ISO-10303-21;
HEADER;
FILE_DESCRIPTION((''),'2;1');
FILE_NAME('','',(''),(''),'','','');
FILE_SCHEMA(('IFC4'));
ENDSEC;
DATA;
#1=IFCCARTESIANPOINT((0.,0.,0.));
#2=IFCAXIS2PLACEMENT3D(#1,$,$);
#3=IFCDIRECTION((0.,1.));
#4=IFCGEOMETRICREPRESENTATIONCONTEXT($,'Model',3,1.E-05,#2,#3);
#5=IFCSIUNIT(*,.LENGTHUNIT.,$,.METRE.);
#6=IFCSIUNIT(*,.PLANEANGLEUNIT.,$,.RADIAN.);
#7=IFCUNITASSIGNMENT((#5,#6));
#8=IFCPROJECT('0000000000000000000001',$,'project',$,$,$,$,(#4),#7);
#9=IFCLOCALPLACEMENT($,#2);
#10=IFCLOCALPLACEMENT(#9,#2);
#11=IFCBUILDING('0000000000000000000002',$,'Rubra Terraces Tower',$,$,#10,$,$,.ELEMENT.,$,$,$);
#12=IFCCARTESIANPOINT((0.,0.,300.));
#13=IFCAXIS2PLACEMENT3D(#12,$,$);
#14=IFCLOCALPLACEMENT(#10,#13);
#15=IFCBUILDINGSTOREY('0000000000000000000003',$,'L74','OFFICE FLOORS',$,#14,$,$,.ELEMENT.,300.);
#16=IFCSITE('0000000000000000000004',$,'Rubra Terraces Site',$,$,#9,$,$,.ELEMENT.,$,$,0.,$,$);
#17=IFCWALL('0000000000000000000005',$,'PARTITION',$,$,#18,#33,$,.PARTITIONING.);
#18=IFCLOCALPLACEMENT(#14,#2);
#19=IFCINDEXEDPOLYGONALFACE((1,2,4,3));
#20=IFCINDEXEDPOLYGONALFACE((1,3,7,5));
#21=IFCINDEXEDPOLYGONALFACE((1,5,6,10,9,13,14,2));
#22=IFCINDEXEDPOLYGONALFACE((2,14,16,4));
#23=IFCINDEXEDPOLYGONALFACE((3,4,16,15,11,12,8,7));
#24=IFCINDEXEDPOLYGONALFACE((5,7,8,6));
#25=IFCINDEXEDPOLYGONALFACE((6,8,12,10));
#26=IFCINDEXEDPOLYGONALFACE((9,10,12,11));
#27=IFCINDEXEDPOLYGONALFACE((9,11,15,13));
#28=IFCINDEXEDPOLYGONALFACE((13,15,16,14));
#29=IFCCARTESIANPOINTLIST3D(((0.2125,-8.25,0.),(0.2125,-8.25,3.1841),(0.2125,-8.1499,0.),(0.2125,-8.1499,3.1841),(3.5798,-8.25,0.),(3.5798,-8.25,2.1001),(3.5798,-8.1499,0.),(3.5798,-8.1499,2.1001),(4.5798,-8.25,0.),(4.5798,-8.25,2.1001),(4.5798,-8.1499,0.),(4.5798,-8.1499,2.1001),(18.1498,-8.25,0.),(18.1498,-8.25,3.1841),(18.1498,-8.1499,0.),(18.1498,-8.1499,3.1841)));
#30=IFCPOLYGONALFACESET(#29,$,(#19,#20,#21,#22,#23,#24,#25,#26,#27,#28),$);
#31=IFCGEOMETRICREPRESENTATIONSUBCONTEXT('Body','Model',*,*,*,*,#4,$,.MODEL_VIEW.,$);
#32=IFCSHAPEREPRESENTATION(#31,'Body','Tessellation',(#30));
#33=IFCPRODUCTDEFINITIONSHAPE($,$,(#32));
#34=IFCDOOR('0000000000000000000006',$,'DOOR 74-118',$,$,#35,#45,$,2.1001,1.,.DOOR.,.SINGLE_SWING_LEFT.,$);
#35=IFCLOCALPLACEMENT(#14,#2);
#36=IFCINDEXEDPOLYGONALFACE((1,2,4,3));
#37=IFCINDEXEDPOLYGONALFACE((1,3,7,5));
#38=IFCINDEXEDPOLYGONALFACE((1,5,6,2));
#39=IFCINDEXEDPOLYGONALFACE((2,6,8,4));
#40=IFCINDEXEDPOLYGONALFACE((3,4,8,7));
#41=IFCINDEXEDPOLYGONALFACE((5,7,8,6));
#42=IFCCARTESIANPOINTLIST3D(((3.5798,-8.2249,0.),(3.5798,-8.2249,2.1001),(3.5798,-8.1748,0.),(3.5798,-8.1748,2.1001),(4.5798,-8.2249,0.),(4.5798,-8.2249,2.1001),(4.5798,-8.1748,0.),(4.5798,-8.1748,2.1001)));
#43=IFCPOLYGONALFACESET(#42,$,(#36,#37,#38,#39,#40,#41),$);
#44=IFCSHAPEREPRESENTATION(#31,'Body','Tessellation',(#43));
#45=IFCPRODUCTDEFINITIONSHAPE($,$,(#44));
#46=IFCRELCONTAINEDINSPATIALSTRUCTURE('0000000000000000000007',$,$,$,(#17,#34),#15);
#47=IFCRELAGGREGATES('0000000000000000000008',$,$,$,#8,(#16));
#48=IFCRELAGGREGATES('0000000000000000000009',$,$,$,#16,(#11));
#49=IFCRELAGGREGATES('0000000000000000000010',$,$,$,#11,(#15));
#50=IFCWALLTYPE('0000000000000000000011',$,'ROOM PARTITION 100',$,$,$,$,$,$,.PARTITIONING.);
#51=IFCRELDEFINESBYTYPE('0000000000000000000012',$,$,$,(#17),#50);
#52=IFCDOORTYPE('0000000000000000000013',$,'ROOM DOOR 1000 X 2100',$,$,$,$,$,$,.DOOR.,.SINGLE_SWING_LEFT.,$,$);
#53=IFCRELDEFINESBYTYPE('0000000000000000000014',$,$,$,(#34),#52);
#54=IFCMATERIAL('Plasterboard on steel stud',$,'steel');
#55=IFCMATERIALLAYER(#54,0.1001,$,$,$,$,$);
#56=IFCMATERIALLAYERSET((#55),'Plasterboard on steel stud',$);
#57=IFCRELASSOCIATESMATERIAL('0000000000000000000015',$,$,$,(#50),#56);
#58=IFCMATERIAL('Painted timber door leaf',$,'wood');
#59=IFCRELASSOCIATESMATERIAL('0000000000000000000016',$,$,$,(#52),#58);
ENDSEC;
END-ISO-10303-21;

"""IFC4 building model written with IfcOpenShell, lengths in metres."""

from ifc_helpers import new_model, si_unit, direction, frame, frame_2d, origin, place, context, subcontext, project, spatial, rectangle, extrude, material, layer, layer_set, type_object, element, fill, save


model = new_model("IFC4")

# Units and contexts
model_context = context("Model", 3, precision=1e-05, world=origin(), true_north=direction((0.0, 1.0)))
body_context = subcontext(model_context, "Body", "Model", "MODEL_VIEW")
ifc_project = project(units=[si_unit("LENGTHUNIT", "METRE"), si_unit("PLANEANGLEUNIT", "RADIAN")], contexts=[model_context])

# Site, building, storey
site_placement = place(None, origin())
site = spatial("IfcSite", under=ifc_project, at=site_placement, Name="Rubra Terraces Site", CompositionType="ELEMENT", RefElevation=0.0)
building_placement = place(site_placement, origin())
building = spatial("IfcBuilding", under=site, at=building_placement, Name="Rubra Terraces Tower", CompositionType="ELEMENT")
storey_placement = place(building_placement, frame((0.0, 0.0, 300.0)))
storey = spatial("IfcBuildingStorey", under=building, at=storey_placement, Name="L74", Description="OFFICE FLOORS", CompositionType="ELEMENT", Elevation=300.0)

# Wall, opening, door
ifc_material_1 = material(Name="Plasterboard on steel stud", Category="steel")
ifc_layer_1 = layer(ifc_material_1, 0.1001)
ifc_layer_set_1 = layer_set([ifc_layer_1], Name="Plasterboard on steel stud")
wall_type_1 = type_object("IfcWallType", Name="ROOM PARTITION 100", PredefinedType="PARTITIONING", material=ifc_layer_set_1)
wall_1_placement = place(storey_placement, frame((18.1499, -8.2, 0.0), z_axis=(0.0, 0.0, 1.0), x_axis=(-1.0, 0.0, 0.0)))
wall_1 = element("IfcWall", 1, at=wall_1_placement, inside=storey, type_object=wall_type_1, Name="PARTITION", PredefinedType="PARTITIONING", context=body_context, shape_type="SweptSolid", body=[
    extrude(rectangle(XDim=17.9373, YDim=0.1001, at=frame_2d((8.9688, 0.0))), origin(), (0.0, 0.0, 1.0), 3.1841),
])
opening_1_placement = place(wall_1_placement, frame((13.5701, 0.0, 0.0)))
opening_1 = element("IfcOpeningElement", 2, at=opening_1_placement, cuts=wall_1, PredefinedType="OPENING", context=body_context, shape_type="SweptSolid", body=[
    extrude(rectangle(XDim=1.0, YDim=2.1001, at=frame_2d((0.5, 1.05))), frame((0.0, 0.0601, 0.0), z_axis=(0.0, -1.0, 0.0), x_axis=(1.0, 0.0, 0.0)), (0.0, 0.0, 1.0), 0.1201),
])
ifc_material_2 = material(Name="Painted timber door leaf", Category="wood")
door_type = type_object("IfcDoorType", Name="ROOM DOOR 1000 X 2100", OperationType="SINGLE_SWING_LEFT", PredefinedType="DOOR", material=ifc_material_2)
door_placement = place(opening_1_placement, origin())
door = element("IfcDoor", 3, at=door_placement, inside=storey, type_object=door_type, Name="DOOR 74-118", OperationType="SINGLE_SWING_LEFT", OverallHeight=2.1001, OverallWidth=1.0, PredefinedType="DOOR", context=body_context, shape_type="SweptSolid", body=[
    extrude(rectangle(XDim=1.0, YDim=2.1001, at=frame_2d((0.5, 1.05))), frame((0.0, 0.0249, 0.0), z_axis=(0.0, -1.0, 0.0), x_axis=(1.0, 0.0, 0.0)), (0.0, 0.0, 1.0), 0.05),
])
fill(opening_1, door)

save(model, "model.ifc")
